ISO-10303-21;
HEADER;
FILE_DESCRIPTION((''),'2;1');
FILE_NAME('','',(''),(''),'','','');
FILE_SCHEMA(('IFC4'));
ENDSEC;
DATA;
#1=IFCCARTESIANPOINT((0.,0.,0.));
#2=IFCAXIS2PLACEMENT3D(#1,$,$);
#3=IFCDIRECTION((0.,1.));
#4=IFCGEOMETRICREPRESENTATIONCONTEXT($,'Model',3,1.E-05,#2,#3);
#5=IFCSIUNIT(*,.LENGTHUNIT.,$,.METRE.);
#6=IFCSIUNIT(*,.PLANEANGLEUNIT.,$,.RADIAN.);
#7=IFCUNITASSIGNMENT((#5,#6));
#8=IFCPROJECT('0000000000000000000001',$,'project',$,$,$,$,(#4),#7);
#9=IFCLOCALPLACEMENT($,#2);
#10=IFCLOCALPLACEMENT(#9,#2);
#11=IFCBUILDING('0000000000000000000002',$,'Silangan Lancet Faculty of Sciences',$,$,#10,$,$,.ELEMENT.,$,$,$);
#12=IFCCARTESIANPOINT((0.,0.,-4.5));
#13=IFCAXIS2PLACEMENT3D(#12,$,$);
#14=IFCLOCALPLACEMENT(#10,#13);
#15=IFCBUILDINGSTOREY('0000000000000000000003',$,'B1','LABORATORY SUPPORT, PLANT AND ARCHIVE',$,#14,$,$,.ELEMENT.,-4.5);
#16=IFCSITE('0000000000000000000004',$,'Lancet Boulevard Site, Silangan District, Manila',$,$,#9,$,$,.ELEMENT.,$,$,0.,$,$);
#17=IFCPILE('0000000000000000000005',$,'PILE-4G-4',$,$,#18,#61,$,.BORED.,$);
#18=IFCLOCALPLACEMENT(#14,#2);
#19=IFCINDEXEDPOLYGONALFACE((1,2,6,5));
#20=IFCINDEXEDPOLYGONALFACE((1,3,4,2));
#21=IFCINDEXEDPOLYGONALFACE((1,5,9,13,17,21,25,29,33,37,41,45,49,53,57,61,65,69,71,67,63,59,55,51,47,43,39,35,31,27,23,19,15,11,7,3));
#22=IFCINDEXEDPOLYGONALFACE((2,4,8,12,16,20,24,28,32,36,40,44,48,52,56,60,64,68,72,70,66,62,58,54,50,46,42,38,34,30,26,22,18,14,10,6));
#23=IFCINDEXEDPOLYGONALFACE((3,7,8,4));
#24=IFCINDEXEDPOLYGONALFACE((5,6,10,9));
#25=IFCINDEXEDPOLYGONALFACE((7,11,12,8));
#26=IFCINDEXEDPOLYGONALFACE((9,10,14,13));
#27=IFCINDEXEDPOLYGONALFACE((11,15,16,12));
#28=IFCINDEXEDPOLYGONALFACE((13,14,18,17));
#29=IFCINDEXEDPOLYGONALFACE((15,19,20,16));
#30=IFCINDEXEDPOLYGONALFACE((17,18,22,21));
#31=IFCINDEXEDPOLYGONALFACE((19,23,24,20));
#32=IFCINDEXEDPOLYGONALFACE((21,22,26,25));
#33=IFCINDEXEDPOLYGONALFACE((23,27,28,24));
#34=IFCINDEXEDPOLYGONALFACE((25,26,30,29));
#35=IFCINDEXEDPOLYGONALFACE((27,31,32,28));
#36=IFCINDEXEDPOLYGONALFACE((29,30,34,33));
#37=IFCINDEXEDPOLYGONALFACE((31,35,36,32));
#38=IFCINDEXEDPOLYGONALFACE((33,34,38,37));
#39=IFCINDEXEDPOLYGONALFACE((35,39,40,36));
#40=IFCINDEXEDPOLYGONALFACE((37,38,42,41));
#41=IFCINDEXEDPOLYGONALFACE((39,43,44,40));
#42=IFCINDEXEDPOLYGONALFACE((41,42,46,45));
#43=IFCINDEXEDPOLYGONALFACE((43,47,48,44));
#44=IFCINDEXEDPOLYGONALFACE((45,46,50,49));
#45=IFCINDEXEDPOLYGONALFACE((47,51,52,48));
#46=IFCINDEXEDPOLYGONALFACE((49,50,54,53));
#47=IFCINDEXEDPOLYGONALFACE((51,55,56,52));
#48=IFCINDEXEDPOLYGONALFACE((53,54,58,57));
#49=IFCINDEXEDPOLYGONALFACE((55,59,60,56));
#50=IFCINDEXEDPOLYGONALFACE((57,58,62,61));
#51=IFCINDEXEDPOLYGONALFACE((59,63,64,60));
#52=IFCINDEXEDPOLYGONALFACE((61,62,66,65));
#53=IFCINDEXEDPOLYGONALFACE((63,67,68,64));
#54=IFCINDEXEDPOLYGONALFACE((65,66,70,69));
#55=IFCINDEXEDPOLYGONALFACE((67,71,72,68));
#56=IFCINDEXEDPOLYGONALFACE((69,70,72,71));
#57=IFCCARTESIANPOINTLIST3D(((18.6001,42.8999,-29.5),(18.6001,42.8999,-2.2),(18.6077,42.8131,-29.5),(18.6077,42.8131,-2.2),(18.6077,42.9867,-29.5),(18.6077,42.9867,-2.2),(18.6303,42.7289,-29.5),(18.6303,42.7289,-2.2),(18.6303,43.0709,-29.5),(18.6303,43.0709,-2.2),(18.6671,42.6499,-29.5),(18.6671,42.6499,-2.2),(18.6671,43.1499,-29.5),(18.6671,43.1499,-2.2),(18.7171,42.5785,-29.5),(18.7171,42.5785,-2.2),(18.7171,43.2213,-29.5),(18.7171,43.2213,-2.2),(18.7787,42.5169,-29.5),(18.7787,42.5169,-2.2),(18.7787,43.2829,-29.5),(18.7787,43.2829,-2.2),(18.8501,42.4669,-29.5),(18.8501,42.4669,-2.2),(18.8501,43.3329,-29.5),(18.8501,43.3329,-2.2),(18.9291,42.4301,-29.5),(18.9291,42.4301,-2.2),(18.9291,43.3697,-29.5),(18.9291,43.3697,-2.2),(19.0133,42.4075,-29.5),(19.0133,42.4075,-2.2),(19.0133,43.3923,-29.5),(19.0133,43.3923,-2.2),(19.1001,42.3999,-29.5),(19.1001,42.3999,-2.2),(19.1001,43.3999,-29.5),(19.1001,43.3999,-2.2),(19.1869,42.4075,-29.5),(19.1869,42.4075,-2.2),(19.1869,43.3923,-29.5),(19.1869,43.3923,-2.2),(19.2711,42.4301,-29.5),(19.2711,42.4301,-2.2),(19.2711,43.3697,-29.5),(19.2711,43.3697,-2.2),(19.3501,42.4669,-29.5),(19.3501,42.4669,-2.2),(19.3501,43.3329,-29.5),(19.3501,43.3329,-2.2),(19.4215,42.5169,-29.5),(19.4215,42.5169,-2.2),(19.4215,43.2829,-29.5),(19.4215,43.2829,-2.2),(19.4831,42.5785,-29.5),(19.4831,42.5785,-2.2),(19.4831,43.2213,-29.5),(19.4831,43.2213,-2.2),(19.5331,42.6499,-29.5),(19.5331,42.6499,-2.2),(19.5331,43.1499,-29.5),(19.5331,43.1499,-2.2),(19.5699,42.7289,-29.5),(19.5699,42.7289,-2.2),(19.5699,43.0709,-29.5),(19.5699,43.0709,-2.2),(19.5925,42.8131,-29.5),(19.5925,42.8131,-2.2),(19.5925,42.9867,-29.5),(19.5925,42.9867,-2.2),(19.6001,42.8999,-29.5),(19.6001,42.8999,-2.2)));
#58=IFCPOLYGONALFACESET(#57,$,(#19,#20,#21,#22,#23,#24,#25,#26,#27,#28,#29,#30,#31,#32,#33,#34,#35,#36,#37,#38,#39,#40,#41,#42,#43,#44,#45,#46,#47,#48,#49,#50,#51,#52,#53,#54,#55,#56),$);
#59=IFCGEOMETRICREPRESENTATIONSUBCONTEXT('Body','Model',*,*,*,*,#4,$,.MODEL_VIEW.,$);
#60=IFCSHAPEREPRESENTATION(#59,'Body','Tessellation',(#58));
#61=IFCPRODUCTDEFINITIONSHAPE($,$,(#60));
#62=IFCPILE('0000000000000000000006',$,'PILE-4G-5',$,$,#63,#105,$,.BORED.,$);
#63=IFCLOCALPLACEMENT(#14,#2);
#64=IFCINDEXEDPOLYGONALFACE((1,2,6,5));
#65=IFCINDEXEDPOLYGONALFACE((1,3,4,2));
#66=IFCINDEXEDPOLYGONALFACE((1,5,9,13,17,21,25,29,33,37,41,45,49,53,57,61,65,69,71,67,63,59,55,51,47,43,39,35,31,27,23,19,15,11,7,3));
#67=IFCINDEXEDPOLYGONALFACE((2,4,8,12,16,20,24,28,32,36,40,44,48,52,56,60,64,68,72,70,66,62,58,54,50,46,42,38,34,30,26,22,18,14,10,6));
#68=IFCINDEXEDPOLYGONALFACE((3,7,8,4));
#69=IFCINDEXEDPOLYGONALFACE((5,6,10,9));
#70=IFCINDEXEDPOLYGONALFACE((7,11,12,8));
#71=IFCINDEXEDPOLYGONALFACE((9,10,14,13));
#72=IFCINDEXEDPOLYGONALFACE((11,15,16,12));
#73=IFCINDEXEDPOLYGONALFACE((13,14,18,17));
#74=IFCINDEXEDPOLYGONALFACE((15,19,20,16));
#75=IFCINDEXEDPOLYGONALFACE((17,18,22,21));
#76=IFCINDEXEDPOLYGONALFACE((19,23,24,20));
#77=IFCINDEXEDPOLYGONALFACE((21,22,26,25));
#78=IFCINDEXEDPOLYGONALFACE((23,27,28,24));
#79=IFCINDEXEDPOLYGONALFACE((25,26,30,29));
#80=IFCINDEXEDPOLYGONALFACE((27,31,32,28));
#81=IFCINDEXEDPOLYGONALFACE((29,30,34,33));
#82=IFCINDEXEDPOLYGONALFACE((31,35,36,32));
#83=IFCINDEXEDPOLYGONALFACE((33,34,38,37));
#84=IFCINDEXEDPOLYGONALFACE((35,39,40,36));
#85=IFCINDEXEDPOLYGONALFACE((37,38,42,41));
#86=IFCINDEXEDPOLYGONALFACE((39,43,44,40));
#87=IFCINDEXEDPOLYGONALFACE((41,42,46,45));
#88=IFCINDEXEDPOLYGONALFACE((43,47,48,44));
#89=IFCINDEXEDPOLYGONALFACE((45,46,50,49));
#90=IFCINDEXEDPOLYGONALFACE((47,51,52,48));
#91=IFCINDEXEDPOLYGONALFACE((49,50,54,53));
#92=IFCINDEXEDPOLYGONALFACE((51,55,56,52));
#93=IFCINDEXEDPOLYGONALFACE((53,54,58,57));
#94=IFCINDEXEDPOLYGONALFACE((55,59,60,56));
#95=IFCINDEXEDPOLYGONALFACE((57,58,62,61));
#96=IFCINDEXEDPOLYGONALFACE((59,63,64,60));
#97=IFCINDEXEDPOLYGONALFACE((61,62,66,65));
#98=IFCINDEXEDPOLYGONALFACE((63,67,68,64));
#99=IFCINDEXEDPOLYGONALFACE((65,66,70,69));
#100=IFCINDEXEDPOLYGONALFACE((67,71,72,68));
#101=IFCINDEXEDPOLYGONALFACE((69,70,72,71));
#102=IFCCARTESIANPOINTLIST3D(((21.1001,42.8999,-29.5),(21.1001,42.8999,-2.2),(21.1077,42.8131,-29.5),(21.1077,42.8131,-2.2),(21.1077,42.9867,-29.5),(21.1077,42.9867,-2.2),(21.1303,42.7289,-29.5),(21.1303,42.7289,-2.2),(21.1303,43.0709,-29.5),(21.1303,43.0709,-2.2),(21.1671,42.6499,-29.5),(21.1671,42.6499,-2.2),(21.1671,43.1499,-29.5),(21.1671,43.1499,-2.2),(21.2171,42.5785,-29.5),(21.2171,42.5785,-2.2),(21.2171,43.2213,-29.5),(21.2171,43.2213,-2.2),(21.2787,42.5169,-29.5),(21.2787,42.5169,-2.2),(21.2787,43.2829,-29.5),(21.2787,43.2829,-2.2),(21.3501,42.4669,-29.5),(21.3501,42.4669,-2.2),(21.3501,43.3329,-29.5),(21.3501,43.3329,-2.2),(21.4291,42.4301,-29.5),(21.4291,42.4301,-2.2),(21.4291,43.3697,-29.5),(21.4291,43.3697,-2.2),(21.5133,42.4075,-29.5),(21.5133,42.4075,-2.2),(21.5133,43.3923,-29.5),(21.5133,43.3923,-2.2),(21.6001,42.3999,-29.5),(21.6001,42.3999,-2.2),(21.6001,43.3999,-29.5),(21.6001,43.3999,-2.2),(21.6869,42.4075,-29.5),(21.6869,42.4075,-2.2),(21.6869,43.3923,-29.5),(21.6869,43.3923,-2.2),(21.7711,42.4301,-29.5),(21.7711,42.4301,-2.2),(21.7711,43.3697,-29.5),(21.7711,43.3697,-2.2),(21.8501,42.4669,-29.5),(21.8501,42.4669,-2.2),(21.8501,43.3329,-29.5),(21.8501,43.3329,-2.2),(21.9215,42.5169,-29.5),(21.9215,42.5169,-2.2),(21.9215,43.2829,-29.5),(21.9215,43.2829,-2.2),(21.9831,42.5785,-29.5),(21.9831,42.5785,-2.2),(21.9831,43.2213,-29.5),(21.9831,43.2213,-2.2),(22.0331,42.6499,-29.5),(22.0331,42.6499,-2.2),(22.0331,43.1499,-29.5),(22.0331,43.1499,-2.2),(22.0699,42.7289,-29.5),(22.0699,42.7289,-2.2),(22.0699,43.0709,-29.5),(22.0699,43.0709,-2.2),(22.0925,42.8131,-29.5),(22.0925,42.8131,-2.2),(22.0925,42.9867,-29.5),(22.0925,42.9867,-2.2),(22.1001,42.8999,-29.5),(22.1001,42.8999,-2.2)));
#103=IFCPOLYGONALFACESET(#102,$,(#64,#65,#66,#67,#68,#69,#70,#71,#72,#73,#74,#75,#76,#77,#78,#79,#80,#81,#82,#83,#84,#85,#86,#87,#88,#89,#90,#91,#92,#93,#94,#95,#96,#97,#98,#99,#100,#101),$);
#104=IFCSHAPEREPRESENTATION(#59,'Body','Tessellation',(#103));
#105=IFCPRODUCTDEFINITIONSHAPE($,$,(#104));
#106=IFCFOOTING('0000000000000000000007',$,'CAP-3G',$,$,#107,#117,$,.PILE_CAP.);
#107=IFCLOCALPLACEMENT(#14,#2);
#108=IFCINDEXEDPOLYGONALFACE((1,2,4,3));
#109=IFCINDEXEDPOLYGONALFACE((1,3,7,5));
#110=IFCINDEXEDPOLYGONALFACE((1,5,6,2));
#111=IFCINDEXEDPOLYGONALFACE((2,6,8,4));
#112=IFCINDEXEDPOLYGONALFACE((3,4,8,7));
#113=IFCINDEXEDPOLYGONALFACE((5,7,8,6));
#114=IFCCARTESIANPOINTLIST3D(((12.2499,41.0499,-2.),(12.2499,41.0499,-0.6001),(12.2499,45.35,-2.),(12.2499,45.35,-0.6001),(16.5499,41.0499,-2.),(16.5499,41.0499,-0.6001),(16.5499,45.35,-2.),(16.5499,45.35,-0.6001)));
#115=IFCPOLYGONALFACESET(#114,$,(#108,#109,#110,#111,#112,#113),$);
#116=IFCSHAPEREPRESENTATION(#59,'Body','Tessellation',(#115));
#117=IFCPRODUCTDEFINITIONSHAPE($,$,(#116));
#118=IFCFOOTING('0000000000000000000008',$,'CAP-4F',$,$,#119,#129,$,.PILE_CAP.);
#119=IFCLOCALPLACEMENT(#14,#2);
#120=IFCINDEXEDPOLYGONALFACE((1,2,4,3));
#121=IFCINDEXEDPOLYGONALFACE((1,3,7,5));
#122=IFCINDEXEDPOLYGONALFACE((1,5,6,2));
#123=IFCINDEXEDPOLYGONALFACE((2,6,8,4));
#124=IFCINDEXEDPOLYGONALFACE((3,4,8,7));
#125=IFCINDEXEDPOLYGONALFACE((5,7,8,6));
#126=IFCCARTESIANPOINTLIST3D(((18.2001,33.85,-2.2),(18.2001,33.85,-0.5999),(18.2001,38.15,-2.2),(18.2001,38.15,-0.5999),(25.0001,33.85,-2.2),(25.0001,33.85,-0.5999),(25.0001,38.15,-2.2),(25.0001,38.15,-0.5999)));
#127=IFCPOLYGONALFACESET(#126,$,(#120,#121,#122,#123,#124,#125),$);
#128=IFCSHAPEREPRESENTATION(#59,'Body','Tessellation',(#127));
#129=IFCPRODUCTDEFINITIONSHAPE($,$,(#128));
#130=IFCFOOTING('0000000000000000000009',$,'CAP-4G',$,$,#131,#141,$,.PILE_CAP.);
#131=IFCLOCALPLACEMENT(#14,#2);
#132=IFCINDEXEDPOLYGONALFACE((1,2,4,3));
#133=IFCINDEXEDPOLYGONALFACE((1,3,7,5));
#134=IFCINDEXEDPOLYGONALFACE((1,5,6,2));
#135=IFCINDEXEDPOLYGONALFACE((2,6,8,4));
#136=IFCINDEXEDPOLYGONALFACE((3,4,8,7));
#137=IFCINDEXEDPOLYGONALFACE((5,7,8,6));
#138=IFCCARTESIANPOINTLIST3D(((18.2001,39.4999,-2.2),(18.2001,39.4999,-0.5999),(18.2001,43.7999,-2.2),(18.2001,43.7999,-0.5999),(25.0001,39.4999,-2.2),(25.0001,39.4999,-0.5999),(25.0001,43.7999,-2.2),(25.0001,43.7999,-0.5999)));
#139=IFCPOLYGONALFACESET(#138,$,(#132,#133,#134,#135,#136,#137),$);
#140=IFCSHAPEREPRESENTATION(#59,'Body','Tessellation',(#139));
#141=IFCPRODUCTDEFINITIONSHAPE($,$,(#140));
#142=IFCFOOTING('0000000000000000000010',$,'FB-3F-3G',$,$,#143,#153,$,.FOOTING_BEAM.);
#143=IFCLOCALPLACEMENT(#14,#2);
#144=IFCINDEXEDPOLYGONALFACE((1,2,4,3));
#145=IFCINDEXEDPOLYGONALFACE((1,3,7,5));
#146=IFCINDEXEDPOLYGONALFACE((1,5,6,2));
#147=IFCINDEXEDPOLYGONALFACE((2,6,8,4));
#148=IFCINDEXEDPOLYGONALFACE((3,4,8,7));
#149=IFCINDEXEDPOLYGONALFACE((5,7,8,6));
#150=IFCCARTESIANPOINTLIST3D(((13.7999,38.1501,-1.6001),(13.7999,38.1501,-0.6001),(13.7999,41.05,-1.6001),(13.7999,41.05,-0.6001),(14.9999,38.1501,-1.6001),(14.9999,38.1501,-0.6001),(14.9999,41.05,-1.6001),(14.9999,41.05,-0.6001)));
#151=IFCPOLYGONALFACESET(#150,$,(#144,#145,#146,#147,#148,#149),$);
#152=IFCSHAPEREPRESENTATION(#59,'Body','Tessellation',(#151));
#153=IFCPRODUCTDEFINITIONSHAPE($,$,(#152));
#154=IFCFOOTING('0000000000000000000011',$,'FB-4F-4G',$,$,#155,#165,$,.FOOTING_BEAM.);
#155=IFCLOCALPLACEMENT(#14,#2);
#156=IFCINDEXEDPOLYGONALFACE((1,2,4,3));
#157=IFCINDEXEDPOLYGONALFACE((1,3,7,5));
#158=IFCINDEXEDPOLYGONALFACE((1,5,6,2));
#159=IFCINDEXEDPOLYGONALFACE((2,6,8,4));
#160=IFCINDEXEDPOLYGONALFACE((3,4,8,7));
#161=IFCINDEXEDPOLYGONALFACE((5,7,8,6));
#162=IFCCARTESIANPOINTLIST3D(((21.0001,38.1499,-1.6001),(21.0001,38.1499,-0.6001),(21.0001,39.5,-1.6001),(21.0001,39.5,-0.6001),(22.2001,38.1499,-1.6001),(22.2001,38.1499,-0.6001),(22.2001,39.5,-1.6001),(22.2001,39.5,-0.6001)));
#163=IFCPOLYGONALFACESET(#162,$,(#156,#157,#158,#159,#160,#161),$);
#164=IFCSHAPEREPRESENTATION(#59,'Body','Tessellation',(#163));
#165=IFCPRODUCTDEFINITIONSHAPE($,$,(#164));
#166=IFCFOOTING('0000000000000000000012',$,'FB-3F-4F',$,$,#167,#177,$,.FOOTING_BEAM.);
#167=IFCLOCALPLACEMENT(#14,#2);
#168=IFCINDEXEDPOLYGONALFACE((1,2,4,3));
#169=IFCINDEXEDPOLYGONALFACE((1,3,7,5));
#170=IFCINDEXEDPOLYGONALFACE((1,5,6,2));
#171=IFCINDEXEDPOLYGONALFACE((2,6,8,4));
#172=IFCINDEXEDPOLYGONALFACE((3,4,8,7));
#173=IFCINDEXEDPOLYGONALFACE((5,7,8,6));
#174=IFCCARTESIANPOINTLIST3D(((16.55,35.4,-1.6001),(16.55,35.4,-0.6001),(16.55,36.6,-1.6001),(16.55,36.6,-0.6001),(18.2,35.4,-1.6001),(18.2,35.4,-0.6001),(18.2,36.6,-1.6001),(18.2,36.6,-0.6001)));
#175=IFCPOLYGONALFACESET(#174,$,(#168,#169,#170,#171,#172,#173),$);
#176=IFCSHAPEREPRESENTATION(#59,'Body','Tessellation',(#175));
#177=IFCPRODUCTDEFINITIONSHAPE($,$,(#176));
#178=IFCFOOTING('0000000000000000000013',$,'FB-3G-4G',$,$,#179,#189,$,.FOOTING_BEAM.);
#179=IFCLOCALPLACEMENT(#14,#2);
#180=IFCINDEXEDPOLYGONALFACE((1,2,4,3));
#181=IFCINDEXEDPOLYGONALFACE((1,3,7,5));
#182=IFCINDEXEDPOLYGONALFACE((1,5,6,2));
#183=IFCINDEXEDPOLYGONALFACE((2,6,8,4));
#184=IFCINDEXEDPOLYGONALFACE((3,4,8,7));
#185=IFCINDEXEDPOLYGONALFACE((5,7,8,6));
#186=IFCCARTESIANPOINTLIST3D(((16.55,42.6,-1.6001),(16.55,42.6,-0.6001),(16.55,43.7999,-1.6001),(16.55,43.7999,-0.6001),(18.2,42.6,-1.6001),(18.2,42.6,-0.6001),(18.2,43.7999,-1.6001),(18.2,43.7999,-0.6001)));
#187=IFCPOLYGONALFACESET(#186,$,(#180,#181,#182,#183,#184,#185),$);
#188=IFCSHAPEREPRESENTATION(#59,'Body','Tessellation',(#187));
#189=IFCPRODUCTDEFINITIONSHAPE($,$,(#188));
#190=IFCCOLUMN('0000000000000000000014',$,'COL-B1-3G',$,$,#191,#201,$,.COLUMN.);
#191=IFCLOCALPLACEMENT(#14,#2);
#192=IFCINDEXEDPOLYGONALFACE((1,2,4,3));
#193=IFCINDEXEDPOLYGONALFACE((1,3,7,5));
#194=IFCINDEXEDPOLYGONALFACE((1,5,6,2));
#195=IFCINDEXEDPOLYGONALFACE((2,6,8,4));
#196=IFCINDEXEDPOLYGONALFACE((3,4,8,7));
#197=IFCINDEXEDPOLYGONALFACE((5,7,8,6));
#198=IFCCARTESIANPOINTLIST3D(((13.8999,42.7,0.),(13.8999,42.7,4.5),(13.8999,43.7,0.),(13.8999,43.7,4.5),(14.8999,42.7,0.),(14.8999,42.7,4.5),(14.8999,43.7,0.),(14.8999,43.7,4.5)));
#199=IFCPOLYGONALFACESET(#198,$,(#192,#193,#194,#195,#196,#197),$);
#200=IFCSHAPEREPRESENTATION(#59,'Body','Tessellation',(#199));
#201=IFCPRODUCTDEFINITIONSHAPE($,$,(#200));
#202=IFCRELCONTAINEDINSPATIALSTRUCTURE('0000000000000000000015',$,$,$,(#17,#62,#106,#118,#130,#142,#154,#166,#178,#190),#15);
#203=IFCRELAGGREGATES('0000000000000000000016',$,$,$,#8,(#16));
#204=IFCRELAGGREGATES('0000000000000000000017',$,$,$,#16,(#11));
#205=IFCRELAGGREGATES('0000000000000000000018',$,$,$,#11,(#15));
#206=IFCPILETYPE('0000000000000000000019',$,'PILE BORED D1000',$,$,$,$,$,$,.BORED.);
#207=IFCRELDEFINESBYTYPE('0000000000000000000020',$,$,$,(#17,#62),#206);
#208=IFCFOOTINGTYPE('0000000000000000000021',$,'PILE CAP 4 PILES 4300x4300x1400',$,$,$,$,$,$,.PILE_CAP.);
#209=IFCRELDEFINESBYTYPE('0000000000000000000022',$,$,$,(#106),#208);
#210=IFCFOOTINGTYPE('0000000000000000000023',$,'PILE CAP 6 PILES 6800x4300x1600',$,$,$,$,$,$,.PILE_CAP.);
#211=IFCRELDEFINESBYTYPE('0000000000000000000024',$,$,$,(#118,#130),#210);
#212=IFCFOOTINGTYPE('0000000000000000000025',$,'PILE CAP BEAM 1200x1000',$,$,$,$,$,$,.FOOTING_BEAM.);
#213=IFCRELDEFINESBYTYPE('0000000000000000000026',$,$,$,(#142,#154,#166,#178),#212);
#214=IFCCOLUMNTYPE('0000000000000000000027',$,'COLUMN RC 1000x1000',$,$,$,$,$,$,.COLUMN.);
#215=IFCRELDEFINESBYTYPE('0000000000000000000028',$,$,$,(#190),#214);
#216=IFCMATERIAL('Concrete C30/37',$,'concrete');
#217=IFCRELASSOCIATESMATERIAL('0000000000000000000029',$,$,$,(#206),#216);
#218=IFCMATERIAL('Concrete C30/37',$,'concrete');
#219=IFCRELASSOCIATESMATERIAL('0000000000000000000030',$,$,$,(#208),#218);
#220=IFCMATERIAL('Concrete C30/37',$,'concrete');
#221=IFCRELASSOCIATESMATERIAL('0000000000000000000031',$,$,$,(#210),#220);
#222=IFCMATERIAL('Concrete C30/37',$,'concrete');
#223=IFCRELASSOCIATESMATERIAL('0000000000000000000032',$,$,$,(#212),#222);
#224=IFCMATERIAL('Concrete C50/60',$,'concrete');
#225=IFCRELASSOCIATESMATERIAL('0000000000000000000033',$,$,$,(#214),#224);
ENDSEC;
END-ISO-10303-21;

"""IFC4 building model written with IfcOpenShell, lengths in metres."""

from ifc_helpers import new_model, si_unit, direction, frame, origin, origin_2d, place, context, subcontext, project, spatial, rectangle, circle, extrude, material, material_profile, profile_set, type_object, element, save


model = new_model("IFC4")

# Units and contexts
model_context = context("Model", 3, precision=1e-05, world=origin(), true_north=direction((0.0, 1.0)))
body_context = subcontext(model_context, "Body", "Model", "MODEL_VIEW")
ifc_project = project(units=[si_unit("LENGTHUNIT", "METRE"), si_unit("PLANEANGLEUNIT", "RADIAN")], contexts=[model_context])

# Site, building, storey
site_placement = place(None, origin())
site = spatial("IfcSite", under=ifc_project, at=site_placement, Name="Lancet Boulevard Site, Silangan District, Manila", CompositionType="ELEMENT", RefElevation=0.0)
building_placement = place(site_placement, origin())
building = spatial("IfcBuilding", under=site, at=building_placement, Name="Silangan Lancet Faculty of Sciences", CompositionType="ELEMENT")
storey_placement = place(building_placement, frame((0.0, 0.0, -4.5)))
storey = spatial("IfcBuildingStorey", under=building, at=storey_placement, Name="B1", Description="LABORATORY SUPPORT, PLANT AND ARCHIVE", CompositionType="ELEMENT", Elevation=-4.5)

# Piles
ifc_material_1 = material(Name="Concrete C30/37", Category="concrete")
ifc_material_profile_1 = material_profile(ifc_material_1, circle(Radius=0.5, at=origin_2d()), Name="BORED PILE D1000")
ifc_profile_set_1 = profile_set([ifc_material_profile_1], Name="Concrete C30/37")
pile_type = type_object("IfcPileType", Name="PILE BORED D1000", PredefinedType="BORED", material=ifc_profile_set_1)
for number, where, z_axis, x_axis, name in (
    (1, (19.1001, 42.8999, -2.2), (0.0, 0.0, -1.0), (1.0, 0.0, 0.0), "PILE-4G-4"),
    (2, (21.6001, 42.8999, -2.2), (0.0, 0.0, -1.0), (1.0, 0.0, 0.0), "PILE-4G-5"),
):
    element("IfcPile", number, at=place(storey_placement, frame(where, z_axis=z_axis, x_axis=x_axis)), inside=storey, type_object=pile_type, Name=name, PredefinedType="BORED", context=body_context, shape_type="SweptSolid", body=[
        extrude(circle(Radius=0.5, at=origin_2d()), origin(), (0.0, 0.0, 1.0), 27.3),
    ])

# Footings
ifc_material_2 = material(Name="Concrete C30/37", Category="concrete")
footing_type_1 = type_object("IfcFootingType", Name="PILE CAP 4 PILES 4300x4300x1400", PredefinedType="PILE_CAP", material=ifc_material_2)
footing_1_placement = place(storey_placement, frame((14.3999, 43.2, -2.0), z_axis=(0.0, 0.0, 1.0), x_axis=(1.0, 0.0, 0.0)))
element("IfcFooting", 3, at=footing_1_placement, inside=storey, type_object=footing_type_1, Name="CAP-3G", PredefinedType="PILE_CAP", context=body_context, shape_type="SweptSolid", body=[
    extrude(rectangle(XDim=4.3, YDim=4.3, at=origin_2d()), origin(), (0.0, 0.0, 1.0), 1.3999),
])
ifc_material_3 = material(Name="Concrete C30/37", Category="concrete")
footing_type_2 = type_object("IfcFootingType", Name="PILE CAP 6 PILES 6800x4300x1600", PredefinedType="PILE_CAP", material=ifc_material_3)
for number, where, z_axis, x_axis, name in (
    (4, (21.6001, 36.0, -2.2), (0.0, 0.0, 1.0), (1.0, 0.0, 0.0), "CAP-4F"),
    (5, (21.6001, 41.6499, -2.2), (0.0, 0.0, 1.0), (1.0, 0.0, 0.0), "CAP-4G"),
):
    element("IfcFooting", number, at=place(storey_placement, frame(where, z_axis=z_axis, x_axis=x_axis)), inside=storey, type_object=footing_type_2, Name=name, PredefinedType="PILE_CAP", context=body_context, shape_type="SweptSolid", body=[
        extrude(rectangle(XDim=6.8, YDim=4.3, at=origin_2d()), origin(), (0.0, 0.0, 1.0), 1.6001),
    ])
ifc_material_4 = material(Name="Concrete C30/37", Category="concrete")
footing_type_3 = type_object("IfcFootingType", Name="PILE CAP BEAM 1200x1000", PredefinedType="FOOTING_BEAM", material=ifc_material_4)
footing_2_placement = place(storey_placement, frame((14.3999, 39.6001, -1.6001), z_axis=(0.0, 0.0, 1.0), x_axis=(0.0, 1.0, 0.0)))
element("IfcFooting", 6, at=footing_2_placement, inside=storey, type_object=footing_type_3, Name="FB-3F-3G", PredefinedType="FOOTING_BEAM", context=body_context, shape_type="SweptSolid", body=[
    extrude(rectangle(XDim=2.8999, YDim=1.2, at=origin_2d()), origin(), (0.0, 0.0, 1.0), 1.0),
])
footing_3_placement = place(storey_placement, frame((21.6001, 38.825, -1.6001), z_axis=(0.0, 0.0, 1.0), x_axis=(0.0, 1.0, 0.0)))
element("IfcFooting", 7, at=footing_3_placement, inside=storey, type_object=footing_type_3, Name="FB-4F-4G", PredefinedType="FOOTING_BEAM", context=body_context, shape_type="SweptSolid", body=[
    extrude(rectangle(XDim=1.3501, YDim=1.2, at=origin_2d()), origin(), (0.0, 0.0, 1.0), 1.0),
])
for number, where, z_axis, x_axis, name in (
    (8, (17.375, 36.0, -1.6001), (0.0, 0.0, 1.0), (1.0, 0.0, 0.0), "FB-3F-4F"),
    (9, (17.375, 43.2, -1.6001), (0.0, 0.0, 1.0), (1.0, 0.0, 0.0), "FB-3G-4G"),
):
    element("IfcFooting", number, at=place(storey_placement, frame(where, z_axis=z_axis, x_axis=x_axis)), inside=storey, type_object=footing_type_3, Name=name, PredefinedType="FOOTING_BEAM", context=body_context, shape_type="SweptSolid", body=[
        extrude(rectangle(XDim=1.6499, YDim=1.2, at=origin_2d()), origin(), (0.0, 0.0, 1.0), 1.0),
    ])

# Column
ifc_material_5 = material(Name="Concrete C50/60", Category="concrete")
ifc_material_profile_2 = material_profile(ifc_material_5, rectangle(XDim=1.0, YDim=1.0, at=origin_2d()), Name="RC 1000x1000")
ifc_profile_set_2 = profile_set([ifc_material_profile_2], Name="Concrete C50/60")
column_type = type_object("IfcColumnType", Name="COLUMN RC 1000x1000", PredefinedType="COLUMN", material=ifc_profile_set_2)
for number, where, z_axis, x_axis, name in (
    (10, (14.3999, 43.2, 0.0), (0.0, 0.0, 1.0), (1.0, 0.0, 0.0), "COL-B1-3G"),
):
    element("IfcColumn", number, at=place(storey_placement, frame(where, z_axis=z_axis, x_axis=x_axis)), inside=storey, type_object=column_type, Name=name, PredefinedType="COLUMN", context=body_context, shape_type="SweptSolid", body=[
        extrude(rectangle(XDim=1.0, YDim=1.0, at=origin_2d()), origin(), (0.0, 0.0, 1.0), 4.5),
    ])

save(model, "model.ifc")
